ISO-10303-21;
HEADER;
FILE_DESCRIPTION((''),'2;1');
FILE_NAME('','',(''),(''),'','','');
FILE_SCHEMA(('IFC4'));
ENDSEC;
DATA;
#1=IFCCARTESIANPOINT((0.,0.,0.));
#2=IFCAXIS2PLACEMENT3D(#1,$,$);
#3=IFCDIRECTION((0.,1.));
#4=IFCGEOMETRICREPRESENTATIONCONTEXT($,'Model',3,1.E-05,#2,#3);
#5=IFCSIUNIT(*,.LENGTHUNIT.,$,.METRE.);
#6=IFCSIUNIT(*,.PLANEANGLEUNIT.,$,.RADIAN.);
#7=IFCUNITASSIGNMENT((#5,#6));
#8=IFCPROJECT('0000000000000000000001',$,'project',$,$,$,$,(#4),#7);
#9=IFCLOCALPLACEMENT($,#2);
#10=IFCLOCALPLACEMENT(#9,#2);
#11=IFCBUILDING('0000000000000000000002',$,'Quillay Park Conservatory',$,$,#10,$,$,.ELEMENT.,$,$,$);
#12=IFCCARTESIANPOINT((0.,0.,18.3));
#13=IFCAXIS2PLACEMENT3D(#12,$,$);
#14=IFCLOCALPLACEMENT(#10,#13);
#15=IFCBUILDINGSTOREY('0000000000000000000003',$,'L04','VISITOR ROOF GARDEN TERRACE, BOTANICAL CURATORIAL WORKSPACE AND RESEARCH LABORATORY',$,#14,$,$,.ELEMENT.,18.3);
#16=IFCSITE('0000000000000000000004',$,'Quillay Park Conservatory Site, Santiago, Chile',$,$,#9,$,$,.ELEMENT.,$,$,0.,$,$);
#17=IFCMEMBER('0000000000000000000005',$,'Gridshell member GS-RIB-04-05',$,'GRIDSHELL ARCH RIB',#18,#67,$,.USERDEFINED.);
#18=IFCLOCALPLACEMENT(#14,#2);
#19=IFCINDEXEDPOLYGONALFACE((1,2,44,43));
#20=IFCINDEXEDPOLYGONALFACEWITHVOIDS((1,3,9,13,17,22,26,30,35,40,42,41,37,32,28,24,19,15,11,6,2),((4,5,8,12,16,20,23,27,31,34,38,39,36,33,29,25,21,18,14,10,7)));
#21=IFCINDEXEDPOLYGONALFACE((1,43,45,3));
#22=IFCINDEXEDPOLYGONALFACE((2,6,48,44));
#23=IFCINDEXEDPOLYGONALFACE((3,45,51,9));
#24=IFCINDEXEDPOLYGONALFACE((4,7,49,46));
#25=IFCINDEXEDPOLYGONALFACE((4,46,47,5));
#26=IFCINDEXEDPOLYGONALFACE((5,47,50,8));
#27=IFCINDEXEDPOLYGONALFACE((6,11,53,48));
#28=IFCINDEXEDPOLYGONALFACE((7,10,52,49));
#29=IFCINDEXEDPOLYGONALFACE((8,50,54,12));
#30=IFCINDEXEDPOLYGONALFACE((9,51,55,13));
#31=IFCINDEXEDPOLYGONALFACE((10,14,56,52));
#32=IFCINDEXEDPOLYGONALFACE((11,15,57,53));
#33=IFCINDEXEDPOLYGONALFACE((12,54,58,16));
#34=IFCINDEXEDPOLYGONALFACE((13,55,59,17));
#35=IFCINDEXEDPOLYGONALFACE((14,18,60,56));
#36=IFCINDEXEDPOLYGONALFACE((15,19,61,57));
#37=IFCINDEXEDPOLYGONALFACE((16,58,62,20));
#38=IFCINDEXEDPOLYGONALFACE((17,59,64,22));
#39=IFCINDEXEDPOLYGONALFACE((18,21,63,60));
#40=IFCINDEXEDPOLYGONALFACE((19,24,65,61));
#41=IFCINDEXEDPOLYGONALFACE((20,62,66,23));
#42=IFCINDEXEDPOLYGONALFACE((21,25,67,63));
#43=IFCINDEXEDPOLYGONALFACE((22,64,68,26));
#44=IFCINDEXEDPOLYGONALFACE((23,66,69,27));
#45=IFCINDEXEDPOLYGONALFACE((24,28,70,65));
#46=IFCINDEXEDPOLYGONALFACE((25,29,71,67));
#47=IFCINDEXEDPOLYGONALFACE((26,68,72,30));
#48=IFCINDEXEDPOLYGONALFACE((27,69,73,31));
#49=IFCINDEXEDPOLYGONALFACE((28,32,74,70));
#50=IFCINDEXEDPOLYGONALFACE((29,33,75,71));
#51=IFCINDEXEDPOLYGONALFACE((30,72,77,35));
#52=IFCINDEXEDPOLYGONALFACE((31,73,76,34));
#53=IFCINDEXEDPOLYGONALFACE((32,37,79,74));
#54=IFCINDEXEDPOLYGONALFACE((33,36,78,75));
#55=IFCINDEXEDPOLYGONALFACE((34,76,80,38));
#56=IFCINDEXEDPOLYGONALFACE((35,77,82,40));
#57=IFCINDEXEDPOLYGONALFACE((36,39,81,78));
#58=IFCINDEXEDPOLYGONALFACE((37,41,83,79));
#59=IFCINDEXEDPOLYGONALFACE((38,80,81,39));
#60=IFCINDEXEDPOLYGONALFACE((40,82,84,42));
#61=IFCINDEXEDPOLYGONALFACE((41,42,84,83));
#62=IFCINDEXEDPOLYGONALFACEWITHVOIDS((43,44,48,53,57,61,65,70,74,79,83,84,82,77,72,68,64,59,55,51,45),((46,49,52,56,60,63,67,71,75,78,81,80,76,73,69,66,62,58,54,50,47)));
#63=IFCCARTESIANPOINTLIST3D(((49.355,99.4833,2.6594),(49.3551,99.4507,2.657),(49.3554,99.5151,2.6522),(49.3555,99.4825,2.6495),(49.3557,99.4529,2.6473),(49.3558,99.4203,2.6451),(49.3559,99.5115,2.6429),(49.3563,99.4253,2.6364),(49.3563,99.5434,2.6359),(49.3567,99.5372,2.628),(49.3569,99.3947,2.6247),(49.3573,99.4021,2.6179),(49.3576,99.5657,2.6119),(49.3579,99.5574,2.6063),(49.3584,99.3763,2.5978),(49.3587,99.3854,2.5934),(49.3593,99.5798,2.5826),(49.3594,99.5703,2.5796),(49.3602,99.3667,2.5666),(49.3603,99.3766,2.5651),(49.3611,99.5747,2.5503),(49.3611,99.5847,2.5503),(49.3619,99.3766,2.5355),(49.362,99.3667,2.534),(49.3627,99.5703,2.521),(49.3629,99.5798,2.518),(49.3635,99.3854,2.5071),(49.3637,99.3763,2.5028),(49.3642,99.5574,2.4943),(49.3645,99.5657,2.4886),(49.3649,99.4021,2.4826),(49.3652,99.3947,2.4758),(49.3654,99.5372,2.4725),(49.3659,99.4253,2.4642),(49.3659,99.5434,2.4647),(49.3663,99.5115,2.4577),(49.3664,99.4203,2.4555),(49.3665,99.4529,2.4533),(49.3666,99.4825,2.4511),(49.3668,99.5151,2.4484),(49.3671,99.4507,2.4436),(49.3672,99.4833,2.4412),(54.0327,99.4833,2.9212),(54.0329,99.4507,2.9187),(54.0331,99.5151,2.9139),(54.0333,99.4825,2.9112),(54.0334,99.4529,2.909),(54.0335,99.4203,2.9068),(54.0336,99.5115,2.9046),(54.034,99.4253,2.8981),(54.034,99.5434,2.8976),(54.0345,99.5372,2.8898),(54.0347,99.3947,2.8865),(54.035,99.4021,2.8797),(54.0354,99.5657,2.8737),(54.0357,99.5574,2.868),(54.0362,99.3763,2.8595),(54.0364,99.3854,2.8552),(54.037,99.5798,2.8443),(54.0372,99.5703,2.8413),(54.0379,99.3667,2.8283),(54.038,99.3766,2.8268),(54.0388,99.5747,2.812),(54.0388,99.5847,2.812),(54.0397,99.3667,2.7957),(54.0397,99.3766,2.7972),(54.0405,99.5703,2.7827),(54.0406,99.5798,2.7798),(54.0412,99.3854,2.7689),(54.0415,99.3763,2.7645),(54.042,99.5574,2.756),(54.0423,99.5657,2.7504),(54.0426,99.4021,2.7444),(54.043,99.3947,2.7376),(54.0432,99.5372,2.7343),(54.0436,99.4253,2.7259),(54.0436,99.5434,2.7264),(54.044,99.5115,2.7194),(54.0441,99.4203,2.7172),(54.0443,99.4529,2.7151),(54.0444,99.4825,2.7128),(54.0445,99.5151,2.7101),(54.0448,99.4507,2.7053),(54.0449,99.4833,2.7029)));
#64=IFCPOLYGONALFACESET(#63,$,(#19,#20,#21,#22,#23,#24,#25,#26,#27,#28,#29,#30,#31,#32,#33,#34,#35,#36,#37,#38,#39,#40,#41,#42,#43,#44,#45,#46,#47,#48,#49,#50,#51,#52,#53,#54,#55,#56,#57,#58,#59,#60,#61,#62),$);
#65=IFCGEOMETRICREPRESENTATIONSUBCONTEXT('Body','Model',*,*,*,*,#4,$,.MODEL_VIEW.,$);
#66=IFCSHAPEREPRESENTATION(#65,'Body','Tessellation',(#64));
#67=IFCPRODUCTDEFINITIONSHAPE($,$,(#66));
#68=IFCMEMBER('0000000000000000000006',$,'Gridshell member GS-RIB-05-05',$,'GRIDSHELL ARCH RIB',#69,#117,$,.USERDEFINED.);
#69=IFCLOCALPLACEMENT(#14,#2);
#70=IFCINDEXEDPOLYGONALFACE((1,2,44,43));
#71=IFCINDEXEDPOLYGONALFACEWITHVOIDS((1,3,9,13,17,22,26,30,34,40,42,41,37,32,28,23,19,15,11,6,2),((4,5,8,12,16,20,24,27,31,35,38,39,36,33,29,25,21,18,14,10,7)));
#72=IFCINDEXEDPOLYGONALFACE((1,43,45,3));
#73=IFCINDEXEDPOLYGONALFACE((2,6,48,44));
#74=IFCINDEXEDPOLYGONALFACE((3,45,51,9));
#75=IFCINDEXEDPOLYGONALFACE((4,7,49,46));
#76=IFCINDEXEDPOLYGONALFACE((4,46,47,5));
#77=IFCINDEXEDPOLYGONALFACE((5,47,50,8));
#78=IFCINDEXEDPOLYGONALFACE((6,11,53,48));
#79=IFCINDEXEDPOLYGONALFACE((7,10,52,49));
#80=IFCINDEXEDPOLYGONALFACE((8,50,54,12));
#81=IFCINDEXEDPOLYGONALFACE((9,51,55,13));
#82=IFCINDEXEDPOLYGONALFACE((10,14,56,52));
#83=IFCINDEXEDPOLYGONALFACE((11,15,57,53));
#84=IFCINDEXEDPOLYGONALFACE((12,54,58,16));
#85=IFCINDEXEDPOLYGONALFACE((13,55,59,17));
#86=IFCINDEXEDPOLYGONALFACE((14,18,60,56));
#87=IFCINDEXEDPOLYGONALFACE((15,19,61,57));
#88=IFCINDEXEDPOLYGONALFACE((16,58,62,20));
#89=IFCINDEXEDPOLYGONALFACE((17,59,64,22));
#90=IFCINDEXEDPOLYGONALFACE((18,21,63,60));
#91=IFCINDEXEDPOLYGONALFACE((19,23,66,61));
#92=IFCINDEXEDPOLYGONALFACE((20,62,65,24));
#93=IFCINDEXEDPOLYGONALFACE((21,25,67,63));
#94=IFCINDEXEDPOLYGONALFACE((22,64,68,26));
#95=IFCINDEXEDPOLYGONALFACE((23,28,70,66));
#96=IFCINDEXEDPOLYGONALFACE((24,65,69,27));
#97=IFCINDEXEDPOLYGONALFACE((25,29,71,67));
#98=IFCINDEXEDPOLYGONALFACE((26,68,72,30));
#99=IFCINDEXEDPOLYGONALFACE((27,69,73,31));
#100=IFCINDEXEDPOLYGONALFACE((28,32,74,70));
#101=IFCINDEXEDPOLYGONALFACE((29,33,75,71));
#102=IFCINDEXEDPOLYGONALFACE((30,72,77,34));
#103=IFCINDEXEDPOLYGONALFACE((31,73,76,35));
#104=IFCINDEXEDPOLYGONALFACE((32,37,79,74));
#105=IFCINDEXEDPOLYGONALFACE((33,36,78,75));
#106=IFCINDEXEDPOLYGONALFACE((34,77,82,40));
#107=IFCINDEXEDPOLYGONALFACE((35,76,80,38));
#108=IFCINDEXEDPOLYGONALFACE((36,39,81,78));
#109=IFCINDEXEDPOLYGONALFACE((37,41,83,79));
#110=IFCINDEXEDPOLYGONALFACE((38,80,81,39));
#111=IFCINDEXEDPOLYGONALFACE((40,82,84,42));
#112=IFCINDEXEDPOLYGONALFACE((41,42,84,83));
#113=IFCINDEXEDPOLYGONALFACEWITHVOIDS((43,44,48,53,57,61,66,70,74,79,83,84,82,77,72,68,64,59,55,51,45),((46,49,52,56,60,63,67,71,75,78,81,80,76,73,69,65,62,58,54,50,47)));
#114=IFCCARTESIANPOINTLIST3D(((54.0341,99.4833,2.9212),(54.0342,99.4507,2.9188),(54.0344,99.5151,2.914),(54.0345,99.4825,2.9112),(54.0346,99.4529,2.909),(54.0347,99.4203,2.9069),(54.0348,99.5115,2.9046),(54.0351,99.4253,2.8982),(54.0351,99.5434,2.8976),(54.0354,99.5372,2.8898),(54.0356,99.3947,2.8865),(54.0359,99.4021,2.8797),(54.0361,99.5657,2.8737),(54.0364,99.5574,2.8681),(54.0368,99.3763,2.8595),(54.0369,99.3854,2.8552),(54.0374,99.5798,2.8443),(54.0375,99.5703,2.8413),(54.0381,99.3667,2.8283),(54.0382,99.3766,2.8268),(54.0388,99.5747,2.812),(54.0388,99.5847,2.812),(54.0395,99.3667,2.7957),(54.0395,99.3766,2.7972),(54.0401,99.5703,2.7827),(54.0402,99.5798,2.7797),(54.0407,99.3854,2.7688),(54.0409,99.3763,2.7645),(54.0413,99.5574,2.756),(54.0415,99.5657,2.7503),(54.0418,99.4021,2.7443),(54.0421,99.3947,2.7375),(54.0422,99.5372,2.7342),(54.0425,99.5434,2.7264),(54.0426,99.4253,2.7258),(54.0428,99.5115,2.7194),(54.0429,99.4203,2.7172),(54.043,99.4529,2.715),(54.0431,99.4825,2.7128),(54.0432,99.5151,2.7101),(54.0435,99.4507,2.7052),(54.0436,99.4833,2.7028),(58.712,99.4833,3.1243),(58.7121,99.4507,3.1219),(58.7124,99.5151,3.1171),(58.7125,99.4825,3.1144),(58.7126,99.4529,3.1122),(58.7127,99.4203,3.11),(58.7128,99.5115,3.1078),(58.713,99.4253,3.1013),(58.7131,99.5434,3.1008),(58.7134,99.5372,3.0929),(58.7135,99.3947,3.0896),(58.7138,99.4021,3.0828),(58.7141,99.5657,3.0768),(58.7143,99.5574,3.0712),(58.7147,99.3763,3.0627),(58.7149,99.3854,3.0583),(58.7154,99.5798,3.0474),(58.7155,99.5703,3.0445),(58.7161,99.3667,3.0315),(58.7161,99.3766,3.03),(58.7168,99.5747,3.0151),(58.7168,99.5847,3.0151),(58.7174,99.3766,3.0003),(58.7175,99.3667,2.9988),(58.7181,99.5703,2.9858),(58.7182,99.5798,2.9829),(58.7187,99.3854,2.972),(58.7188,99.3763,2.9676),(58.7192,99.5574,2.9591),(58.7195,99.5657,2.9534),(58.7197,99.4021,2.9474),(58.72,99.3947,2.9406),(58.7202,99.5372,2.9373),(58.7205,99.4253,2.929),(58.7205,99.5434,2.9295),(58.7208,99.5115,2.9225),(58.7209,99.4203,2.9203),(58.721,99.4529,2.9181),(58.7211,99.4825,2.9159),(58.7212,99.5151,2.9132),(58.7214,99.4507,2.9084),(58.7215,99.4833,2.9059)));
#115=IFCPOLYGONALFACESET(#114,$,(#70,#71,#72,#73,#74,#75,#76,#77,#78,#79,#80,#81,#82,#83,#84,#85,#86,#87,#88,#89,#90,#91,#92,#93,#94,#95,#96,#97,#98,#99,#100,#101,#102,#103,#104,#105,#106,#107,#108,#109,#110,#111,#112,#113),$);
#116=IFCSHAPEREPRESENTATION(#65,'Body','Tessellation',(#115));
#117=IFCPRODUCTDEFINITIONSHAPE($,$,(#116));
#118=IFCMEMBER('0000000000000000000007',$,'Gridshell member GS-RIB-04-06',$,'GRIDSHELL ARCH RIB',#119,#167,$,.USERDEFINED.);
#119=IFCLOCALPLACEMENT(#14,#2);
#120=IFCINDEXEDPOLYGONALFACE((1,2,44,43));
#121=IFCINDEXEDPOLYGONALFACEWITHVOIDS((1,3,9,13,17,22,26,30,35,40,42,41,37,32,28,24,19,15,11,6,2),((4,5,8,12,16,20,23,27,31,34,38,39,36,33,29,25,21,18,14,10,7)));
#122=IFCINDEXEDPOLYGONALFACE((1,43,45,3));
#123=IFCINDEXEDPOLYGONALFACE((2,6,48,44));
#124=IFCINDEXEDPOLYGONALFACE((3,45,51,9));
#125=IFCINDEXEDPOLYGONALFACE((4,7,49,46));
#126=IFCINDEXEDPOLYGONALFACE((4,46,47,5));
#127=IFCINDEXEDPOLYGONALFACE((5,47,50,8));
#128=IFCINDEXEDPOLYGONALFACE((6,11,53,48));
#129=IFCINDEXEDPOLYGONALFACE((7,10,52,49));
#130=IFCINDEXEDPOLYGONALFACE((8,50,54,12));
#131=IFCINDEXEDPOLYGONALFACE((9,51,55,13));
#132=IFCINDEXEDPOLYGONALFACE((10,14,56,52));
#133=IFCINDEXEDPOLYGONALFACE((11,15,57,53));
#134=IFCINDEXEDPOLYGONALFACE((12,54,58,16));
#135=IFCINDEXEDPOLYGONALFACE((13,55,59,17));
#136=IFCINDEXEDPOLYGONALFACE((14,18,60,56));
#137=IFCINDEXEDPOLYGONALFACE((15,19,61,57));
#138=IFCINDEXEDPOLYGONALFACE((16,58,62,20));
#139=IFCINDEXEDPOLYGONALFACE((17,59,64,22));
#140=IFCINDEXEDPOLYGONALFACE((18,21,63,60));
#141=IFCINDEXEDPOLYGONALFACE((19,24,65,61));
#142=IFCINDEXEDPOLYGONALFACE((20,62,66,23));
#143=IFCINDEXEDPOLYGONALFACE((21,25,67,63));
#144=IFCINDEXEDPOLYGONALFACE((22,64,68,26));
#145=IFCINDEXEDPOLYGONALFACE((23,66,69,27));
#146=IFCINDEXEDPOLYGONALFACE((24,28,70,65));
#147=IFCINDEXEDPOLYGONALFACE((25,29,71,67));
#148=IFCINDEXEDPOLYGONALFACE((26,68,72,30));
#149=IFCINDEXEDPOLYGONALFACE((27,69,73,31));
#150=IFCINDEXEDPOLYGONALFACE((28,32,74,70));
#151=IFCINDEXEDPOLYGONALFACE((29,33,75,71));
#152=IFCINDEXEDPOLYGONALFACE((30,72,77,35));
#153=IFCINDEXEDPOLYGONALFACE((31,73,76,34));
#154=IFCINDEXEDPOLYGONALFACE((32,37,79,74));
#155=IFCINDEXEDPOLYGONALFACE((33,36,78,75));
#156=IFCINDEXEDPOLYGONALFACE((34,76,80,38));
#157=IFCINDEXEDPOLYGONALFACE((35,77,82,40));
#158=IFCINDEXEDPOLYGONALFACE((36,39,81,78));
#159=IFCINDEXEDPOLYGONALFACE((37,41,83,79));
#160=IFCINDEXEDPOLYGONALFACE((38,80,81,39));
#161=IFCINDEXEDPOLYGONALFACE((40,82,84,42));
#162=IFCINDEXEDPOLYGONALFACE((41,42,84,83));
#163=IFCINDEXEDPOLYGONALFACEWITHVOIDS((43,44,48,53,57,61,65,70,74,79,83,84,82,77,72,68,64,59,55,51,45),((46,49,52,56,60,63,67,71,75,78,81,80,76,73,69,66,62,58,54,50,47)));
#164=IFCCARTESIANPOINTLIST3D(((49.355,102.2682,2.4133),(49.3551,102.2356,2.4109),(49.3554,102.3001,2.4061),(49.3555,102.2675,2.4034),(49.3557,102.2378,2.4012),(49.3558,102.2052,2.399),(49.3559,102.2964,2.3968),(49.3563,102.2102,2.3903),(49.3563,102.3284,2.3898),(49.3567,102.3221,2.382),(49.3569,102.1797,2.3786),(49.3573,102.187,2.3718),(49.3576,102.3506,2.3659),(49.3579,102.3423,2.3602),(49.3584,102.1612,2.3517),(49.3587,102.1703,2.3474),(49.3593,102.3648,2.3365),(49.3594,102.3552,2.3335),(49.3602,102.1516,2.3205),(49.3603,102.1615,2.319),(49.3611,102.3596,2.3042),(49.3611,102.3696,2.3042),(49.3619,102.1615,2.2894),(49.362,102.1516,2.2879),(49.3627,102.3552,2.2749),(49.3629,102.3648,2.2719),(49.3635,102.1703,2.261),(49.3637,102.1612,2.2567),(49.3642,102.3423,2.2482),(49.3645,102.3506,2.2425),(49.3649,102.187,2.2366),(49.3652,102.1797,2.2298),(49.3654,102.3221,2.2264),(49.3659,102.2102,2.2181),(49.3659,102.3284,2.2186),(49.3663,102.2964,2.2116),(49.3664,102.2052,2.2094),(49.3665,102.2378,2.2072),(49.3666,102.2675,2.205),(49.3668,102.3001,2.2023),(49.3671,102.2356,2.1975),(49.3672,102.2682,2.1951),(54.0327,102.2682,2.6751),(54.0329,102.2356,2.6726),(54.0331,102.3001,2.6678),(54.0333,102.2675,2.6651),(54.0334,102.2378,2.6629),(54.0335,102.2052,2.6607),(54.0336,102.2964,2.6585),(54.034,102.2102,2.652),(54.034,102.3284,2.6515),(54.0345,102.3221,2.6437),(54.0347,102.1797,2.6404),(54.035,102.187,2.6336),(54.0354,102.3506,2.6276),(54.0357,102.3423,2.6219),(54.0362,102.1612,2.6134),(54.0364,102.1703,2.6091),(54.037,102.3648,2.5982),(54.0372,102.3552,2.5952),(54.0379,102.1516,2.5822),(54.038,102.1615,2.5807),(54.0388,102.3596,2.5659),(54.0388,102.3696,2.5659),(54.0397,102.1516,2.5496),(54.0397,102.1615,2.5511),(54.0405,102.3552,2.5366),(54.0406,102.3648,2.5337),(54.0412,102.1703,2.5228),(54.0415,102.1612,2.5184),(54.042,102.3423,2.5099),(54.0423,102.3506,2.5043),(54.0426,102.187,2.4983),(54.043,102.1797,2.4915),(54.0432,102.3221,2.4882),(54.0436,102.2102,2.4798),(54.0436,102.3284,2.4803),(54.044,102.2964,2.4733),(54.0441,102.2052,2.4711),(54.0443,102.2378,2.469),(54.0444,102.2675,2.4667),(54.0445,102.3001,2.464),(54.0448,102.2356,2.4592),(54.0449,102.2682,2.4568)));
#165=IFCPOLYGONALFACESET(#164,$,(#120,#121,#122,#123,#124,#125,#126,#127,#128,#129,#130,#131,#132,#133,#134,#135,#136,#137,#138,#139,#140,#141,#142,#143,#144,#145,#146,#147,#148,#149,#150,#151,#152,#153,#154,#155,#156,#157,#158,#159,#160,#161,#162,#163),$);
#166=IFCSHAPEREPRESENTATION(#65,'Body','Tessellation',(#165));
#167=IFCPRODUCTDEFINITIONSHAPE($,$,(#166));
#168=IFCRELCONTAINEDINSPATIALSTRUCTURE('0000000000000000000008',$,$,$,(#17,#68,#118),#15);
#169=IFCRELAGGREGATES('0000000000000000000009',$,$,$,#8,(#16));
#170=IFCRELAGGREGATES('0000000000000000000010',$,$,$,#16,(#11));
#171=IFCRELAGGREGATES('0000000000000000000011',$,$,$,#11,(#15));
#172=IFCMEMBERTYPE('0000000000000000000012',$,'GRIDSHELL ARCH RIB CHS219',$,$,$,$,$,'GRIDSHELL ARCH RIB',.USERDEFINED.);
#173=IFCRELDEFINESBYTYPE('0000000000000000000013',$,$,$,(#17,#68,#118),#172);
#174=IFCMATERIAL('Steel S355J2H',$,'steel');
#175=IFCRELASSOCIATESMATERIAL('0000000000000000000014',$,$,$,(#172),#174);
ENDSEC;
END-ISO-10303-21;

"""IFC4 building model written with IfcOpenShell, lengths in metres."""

from ifc_helpers import new_model, si_unit, direction, frame, origin, origin_2d, place, context, subcontext, project, spatial, hollow_circle, extrude, material, material_profile, profile_set, type_object, element, save


model = new_model("IFC4")

# Units and contexts
model_context = context("Model", 3, precision=1e-05, world=origin(), true_north=direction((0.0, 1.0)))
body_context = subcontext(model_context, "Body", "Model", "MODEL_VIEW")
ifc_project = project(units=[si_unit("LENGTHUNIT", "METRE"), si_unit("PLANEANGLEUNIT", "RADIAN")], contexts=[model_context])

# Site, building, storey
site_placement = place(None, origin())
site = spatial("IfcSite", under=ifc_project, at=site_placement, Name="Quillay Park Conservatory Site, Santiago, Chile", CompositionType="ELEMENT", RefElevation=0.0)
building_placement = place(site_placement, origin())
building = spatial("IfcBuilding", under=site, at=building_placement, Name="Quillay Park Conservatory", CompositionType="ELEMENT")
storey_placement = place(building_placement, frame((0.0, 0.0, 18.3)))
storey = spatial("IfcBuildingStorey", under=building, at=storey_placement, Name="L04", Description="VISITOR ROOF GARDEN TERRACE, BOTANICAL CURATORIAL WORKSPACE AND RESEARCH LABORATORY", CompositionType="ELEMENT", Elevation=18.3)

# Members
ifc_material_1 = material(Name="Steel S355J2H", Category="steel")
ifc_material_profile_1 = material_profile(ifc_material_1, hollow_circle(Radius=0.1096, WallThickness=0.01, at=origin_2d()), Name="CHS219.1x10")
ifc_profile_set_1 = profile_set([ifc_material_profile_1], Name="Steel S355J2H")
member_type = type_object("IfcMemberType", Name="GRIDSHELL ARCH RIB CHS219", ElementType="GRIDSHELL ARCH RIB", PredefinedType="USERDEFINED", material=ifc_profile_set_1)
member_1_placement = place(storey_placement, frame((49.3611, 99.4751, 2.5503), z_axis=(0.998438, 0.0, 0.055863), x_axis=(0.0, 1.0, 0.0)))
element("IfcMember", 1, at=member_1_placement, inside=storey, type_object=member_type, Name="Gridshell member GS-RIB-04-05", ObjectType="GRIDSHELL ARCH RIB", PredefinedType="USERDEFINED", context=body_context, shape_type="SweptSolid", body=[
    extrude(hollow_circle(Radius=0.1096, WallThickness=0.01, at=origin_2d()), origin(), (0.0, 0.0, 1.0), 4.6851),
])
member_2_placement = place(storey_placement, frame((54.0388, 99.4751, 2.812), z_axis=(0.999059, 0.0, 0.043381), x_axis=(0.0, 1.0, 0.0)))
element("IfcMember", 2, at=member_2_placement, inside=storey, type_object=member_type, Name="Gridshell member GS-RIB-05-05", ObjectType="GRIDSHELL ARCH RIB", PredefinedType="USERDEFINED", context=body_context, shape_type="SweptSolid", body=[
    extrude(hollow_circle(Radius=0.1096, WallThickness=0.01, at=origin_2d()), origin(), (0.0, 0.0, 1.0), 4.6824),
])
member_3_placement = place(storey_placement, frame((49.3611, 102.26, 2.3042), z_axis=(0.998438, 0.0, 0.055863), x_axis=(0.0, 1.0, 0.0)))
element("IfcMember", 3, at=member_3_placement, inside=storey, type_object=member_type, Name="Gridshell member GS-RIB-04-06", ObjectType="GRIDSHELL ARCH RIB", PredefinedType="USERDEFINED", context=body_context, shape_type="SweptSolid", body=[
    extrude(hollow_circle(Radius=0.1096, WallThickness=0.01, at=origin_2d()), origin(), (0.0, 0.0, 1.0), 4.6851),
])

save(model, "model.ifc")
